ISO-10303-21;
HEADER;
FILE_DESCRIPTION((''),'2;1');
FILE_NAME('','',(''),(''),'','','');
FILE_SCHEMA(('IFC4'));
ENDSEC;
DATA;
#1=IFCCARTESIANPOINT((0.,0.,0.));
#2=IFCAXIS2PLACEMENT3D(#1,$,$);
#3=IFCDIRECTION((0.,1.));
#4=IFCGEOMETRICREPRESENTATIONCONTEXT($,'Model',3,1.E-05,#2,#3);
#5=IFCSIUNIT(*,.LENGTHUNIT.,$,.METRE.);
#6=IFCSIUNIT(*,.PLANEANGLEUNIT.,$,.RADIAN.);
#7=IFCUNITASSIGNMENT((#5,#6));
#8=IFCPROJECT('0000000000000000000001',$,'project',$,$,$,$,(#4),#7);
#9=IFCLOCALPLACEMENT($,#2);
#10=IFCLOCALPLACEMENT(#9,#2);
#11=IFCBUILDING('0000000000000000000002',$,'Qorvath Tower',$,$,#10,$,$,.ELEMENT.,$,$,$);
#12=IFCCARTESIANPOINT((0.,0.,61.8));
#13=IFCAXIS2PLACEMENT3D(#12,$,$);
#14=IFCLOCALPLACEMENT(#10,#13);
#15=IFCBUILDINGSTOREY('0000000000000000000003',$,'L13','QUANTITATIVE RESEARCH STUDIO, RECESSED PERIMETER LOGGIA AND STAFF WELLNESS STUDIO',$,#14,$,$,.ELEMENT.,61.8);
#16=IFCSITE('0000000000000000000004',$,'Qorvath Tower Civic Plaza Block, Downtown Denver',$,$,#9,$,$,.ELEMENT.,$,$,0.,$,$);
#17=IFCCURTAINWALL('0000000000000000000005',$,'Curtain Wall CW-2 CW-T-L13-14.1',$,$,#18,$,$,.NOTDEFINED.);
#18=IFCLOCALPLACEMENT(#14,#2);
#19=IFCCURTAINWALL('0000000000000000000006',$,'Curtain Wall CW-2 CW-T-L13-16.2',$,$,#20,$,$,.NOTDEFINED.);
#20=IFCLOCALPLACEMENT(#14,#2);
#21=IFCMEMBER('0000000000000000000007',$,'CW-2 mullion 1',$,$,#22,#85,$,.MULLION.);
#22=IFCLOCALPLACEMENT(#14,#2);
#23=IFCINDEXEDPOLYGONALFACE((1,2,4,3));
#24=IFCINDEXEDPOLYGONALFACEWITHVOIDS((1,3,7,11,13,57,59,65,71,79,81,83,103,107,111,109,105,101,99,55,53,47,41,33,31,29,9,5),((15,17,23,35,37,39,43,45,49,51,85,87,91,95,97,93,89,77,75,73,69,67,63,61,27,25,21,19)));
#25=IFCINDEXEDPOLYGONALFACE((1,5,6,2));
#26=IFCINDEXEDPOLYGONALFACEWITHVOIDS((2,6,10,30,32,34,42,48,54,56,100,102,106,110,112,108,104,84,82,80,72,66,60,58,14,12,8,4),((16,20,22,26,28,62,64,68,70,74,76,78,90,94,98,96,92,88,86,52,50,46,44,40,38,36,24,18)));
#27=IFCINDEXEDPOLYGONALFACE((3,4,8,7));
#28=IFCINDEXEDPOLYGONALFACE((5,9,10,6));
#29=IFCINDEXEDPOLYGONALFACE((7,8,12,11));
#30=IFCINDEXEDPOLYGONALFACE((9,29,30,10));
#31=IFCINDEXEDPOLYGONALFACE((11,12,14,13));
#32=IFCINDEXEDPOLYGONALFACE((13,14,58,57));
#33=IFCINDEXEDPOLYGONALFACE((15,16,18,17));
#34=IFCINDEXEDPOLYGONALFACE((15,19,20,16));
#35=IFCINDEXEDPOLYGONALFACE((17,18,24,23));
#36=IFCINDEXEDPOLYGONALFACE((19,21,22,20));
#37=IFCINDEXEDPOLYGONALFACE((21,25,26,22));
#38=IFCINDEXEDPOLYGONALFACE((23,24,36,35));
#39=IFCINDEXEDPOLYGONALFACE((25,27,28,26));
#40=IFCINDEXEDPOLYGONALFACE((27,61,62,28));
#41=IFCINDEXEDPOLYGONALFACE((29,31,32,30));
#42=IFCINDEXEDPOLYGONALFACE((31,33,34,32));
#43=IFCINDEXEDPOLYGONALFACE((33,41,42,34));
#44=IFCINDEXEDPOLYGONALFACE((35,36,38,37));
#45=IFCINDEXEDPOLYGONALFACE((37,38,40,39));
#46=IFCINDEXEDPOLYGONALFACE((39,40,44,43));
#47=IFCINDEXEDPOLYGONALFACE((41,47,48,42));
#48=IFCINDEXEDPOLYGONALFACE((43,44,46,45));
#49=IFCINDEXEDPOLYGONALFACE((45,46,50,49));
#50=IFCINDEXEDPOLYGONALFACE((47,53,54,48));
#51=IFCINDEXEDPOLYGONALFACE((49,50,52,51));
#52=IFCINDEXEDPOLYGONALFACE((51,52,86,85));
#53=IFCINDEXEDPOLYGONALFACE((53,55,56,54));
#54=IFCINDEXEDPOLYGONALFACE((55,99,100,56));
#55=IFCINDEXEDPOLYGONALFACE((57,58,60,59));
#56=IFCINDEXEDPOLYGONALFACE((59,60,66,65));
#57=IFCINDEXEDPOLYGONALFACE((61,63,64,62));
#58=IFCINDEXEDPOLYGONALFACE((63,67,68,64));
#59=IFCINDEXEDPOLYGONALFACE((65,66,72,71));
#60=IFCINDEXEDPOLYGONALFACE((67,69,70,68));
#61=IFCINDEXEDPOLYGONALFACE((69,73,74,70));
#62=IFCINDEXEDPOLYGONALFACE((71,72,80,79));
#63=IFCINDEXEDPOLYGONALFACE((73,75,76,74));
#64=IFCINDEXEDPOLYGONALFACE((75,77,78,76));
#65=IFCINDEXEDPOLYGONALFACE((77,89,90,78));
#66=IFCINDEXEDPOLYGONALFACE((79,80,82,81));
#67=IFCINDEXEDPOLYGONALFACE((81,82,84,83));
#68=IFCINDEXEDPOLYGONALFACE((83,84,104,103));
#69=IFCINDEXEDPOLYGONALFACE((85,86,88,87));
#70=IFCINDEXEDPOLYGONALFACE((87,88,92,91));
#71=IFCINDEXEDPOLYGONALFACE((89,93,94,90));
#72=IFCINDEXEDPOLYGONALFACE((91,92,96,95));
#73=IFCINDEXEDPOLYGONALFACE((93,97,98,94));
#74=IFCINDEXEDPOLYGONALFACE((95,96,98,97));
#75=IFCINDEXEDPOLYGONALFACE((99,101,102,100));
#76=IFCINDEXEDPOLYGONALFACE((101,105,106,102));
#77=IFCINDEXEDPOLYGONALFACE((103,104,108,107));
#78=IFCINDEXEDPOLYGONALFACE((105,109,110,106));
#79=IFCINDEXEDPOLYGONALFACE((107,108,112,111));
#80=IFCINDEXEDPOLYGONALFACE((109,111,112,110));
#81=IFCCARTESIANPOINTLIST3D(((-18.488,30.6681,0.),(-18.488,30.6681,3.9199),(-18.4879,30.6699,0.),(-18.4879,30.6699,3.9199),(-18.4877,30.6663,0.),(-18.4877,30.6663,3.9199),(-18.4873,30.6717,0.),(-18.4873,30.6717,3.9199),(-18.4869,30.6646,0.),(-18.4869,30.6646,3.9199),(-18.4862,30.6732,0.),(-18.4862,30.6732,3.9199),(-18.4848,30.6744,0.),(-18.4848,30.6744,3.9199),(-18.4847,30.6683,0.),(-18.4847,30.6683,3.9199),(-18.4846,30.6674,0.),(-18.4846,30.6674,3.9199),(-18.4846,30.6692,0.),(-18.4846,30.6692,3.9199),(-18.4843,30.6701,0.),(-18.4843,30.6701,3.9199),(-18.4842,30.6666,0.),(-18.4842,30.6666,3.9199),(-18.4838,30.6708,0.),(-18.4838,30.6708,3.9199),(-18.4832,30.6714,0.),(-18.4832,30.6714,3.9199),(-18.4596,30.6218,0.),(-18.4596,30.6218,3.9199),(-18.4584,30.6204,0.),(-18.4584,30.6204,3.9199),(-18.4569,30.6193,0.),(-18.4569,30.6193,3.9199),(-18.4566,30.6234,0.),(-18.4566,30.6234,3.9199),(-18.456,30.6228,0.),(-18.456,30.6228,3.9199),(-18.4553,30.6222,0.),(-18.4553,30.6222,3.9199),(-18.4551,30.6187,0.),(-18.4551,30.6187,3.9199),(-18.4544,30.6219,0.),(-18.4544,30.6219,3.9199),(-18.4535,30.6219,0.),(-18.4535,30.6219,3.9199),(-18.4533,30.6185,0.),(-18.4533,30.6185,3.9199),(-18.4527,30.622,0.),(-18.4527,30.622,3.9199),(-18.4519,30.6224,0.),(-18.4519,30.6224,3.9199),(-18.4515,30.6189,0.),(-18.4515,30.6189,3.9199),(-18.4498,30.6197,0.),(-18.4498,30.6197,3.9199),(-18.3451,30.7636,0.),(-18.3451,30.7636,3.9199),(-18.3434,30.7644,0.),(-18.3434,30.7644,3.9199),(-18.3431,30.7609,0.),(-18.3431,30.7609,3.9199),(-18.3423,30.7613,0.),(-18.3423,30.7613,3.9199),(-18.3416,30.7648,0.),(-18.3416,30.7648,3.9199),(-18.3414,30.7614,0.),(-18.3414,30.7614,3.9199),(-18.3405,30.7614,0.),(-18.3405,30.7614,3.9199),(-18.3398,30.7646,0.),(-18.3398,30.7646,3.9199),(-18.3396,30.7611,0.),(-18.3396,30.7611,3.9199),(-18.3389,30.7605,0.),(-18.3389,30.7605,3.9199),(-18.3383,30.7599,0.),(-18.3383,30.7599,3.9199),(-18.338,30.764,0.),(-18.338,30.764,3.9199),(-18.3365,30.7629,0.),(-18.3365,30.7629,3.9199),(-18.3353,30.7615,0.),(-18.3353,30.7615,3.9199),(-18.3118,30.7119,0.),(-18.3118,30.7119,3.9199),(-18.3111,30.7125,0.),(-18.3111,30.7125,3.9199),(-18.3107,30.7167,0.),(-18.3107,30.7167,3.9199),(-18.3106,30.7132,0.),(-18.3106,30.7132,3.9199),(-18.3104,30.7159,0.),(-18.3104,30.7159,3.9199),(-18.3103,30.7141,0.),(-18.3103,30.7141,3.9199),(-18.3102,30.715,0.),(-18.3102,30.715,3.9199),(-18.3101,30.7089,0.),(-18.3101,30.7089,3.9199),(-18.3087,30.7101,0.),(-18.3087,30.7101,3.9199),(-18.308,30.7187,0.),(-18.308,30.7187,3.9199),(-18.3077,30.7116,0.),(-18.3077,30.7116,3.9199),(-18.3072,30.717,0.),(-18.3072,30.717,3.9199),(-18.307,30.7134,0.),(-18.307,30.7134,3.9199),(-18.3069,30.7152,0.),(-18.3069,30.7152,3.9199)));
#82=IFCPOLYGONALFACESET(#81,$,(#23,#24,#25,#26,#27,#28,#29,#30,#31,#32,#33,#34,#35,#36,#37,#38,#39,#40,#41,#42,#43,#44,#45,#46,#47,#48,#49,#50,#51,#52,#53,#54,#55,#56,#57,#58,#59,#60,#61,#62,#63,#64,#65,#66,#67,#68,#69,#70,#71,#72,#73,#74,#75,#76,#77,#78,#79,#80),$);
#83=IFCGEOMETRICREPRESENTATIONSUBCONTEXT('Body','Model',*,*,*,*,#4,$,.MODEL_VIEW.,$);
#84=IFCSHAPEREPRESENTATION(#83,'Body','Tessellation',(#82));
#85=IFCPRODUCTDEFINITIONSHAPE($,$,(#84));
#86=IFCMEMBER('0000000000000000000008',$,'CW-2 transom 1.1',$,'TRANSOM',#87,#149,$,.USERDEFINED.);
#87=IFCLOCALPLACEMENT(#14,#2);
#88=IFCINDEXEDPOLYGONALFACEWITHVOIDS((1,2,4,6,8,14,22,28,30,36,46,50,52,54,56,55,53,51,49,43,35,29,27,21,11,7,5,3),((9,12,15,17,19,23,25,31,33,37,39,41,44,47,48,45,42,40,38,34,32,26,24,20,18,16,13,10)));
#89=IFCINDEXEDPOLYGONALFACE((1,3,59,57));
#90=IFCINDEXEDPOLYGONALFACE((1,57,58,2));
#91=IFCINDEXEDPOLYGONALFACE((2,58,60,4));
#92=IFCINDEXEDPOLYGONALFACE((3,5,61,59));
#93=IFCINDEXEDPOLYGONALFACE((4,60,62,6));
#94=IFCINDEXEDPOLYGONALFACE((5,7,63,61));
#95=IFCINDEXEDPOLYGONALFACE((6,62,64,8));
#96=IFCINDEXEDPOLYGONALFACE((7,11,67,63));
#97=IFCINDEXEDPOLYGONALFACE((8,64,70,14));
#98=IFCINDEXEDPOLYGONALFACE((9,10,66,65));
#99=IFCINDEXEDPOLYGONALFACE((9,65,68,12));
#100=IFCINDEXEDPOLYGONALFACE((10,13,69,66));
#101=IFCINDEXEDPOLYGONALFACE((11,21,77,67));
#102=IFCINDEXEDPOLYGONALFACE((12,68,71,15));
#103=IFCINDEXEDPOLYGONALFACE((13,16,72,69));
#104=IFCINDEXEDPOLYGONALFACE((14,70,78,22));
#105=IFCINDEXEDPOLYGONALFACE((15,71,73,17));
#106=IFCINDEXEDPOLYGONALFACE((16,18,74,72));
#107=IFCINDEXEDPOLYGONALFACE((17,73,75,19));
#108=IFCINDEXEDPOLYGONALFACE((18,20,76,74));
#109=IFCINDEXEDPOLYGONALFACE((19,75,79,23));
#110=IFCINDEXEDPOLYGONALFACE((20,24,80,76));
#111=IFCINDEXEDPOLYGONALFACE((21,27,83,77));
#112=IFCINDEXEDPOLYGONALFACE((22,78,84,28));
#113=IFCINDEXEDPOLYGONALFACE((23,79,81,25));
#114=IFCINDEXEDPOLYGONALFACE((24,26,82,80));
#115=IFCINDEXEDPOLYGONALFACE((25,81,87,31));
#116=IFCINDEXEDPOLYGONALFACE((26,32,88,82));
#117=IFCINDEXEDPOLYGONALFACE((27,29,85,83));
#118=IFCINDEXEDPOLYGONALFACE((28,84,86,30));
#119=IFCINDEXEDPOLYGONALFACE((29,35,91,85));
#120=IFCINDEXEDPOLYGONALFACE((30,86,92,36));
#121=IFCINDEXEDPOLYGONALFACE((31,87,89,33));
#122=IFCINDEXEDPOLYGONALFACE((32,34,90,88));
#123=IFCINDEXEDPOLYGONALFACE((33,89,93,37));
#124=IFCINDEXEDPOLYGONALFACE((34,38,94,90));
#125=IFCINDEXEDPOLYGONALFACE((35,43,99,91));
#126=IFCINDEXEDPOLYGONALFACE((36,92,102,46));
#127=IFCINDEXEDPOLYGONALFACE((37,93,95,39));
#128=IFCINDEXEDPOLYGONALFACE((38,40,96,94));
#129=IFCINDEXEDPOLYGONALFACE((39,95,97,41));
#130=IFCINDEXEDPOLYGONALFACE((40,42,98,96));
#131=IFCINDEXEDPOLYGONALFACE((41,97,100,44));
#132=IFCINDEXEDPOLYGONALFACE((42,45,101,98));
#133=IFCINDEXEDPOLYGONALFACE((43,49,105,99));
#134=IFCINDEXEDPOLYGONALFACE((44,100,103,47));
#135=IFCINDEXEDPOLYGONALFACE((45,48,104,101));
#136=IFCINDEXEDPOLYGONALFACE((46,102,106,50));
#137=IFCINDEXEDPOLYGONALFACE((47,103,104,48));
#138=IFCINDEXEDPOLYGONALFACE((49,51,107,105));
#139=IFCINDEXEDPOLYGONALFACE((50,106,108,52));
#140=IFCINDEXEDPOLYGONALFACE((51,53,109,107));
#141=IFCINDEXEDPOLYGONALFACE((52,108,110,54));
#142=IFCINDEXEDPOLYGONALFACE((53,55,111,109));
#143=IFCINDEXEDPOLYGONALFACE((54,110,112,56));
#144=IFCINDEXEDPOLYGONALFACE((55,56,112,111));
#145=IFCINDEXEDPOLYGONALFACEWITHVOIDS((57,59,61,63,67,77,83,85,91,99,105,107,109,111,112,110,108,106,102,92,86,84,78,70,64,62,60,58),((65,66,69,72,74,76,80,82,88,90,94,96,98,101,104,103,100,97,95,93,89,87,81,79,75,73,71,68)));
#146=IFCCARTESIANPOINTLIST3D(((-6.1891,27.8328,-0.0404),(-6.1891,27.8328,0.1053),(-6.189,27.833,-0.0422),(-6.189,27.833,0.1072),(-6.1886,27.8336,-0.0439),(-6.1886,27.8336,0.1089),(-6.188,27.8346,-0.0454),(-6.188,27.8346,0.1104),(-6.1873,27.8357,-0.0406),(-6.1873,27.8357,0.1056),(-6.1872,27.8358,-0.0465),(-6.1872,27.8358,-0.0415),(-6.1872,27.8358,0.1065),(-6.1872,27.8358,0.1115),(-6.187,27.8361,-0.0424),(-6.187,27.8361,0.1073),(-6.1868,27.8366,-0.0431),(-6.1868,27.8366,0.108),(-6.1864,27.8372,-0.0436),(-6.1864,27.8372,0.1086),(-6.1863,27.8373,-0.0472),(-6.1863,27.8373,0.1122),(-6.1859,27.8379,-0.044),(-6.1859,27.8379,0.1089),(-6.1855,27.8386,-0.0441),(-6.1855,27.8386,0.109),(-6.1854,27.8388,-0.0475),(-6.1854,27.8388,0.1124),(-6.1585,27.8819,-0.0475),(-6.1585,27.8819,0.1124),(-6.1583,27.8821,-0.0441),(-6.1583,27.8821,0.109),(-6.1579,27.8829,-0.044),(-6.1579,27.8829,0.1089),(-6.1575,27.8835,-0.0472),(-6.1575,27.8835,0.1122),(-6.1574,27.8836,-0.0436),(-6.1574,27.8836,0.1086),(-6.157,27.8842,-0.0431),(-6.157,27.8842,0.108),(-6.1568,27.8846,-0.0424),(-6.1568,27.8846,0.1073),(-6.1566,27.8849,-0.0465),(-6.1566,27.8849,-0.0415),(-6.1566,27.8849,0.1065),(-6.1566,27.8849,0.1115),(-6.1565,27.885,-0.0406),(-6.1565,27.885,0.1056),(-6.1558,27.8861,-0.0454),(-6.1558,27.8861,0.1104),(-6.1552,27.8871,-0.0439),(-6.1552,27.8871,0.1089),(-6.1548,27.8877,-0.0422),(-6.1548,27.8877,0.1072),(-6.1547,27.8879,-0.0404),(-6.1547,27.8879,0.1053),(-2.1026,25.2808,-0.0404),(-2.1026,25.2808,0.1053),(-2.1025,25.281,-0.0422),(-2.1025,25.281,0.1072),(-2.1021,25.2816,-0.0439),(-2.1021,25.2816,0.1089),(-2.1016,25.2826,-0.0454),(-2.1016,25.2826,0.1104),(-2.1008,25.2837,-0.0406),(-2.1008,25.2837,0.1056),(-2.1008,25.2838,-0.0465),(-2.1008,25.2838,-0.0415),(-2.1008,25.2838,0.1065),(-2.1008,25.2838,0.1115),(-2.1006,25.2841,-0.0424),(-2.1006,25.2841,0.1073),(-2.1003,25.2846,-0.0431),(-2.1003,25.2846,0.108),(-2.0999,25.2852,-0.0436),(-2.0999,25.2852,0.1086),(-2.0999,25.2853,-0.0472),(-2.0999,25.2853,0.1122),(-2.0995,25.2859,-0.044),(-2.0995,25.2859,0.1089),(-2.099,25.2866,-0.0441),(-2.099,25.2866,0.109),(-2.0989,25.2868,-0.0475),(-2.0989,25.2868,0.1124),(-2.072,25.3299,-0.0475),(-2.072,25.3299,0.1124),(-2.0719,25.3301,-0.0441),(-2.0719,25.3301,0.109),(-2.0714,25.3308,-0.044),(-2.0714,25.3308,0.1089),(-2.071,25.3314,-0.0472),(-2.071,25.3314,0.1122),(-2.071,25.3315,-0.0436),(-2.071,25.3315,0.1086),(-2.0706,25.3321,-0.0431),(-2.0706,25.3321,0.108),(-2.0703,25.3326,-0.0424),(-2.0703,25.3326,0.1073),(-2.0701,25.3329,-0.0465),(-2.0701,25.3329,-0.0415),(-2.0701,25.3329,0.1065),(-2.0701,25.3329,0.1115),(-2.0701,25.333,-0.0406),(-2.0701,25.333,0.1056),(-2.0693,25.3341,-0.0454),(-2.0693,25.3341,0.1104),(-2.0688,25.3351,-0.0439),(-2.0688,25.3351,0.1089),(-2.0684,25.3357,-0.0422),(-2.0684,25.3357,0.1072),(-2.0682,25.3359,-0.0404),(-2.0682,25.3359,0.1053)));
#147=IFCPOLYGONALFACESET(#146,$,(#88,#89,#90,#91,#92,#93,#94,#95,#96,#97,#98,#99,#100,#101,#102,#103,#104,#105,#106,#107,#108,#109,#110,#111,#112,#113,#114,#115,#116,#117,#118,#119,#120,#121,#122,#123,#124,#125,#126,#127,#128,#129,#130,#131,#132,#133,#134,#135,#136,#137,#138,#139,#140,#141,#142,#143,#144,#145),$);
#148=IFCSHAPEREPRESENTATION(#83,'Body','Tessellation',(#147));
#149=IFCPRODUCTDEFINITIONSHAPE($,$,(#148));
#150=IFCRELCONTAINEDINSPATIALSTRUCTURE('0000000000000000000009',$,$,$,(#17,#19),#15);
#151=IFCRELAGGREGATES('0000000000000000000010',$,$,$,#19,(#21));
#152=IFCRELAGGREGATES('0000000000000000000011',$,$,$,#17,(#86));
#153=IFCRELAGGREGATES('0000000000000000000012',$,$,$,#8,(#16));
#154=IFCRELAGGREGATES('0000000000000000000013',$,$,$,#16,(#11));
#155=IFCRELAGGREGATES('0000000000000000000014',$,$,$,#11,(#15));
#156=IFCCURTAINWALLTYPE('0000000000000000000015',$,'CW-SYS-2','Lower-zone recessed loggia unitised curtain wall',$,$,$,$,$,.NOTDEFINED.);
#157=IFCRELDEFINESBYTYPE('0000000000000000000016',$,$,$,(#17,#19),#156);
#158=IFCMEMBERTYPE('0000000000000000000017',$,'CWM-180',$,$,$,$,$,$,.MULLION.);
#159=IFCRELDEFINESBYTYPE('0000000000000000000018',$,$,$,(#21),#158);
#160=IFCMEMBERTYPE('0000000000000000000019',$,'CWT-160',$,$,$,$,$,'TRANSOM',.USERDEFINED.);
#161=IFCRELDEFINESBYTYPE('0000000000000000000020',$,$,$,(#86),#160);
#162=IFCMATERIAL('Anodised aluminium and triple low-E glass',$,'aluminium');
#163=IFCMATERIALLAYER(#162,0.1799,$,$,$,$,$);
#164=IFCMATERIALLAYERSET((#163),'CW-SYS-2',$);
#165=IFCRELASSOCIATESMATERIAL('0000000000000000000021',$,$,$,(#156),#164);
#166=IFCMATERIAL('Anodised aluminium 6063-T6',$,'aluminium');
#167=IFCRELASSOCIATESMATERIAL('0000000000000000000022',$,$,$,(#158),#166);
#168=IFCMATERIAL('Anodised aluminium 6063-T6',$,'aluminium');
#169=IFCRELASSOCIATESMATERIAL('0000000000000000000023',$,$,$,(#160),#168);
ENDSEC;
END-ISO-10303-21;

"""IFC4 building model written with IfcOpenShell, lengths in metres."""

from ifc_helpers import new_model, si_unit, direction, frame, origin, origin_2d, place, context, subcontext, project, spatial, hollow_rectangle, extrude, material, layer, layer_set, material_profile, profile_set, type_object, element, aggregate, save


model = new_model("IFC4")

# Units and contexts
model_context = context("Model", 3, precision=1e-05, world=origin(), true_north=direction((0.0, 1.0)))
body_context = subcontext(model_context, "Body", "Model", "MODEL_VIEW")
ifc_project = project(units=[si_unit("LENGTHUNIT", "METRE"), si_unit("PLANEANGLEUNIT", "RADIAN")], contexts=[model_context])

# Site, building, storey
site_placement = place(None, origin())
site = spatial("IfcSite", under=ifc_project, at=site_placement, Name="Qorvath Tower Civic Plaza Block, Downtown Denver", CompositionType="ELEMENT", RefElevation=0.0)
building_placement = place(site_placement, origin())
building = spatial("IfcBuilding", under=site, at=building_placement, Name="Qorvath Tower", CompositionType="ELEMENT")
storey_placement = place(building_placement, frame((0.0, 0.0, 61.8)))
storey = spatial("IfcBuildingStorey", under=building, at=storey_placement, Name="L13", Description="QUANTITATIVE RESEARCH STUDIO, RECESSED PERIMETER LOGGIA AND STAFF WELLNESS STUDIO", CompositionType="ELEMENT", Elevation=61.8)

# Shared definitions
ifc_material_1 = material(Name="Anodised aluminium and triple low-E glass", Category="aluminium")
ifc_layer_1 = layer(ifc_material_1, 0.1799)
ifc_layer_set_1 = layer_set([ifc_layer_1], Name="CW-SYS-2")
curtain_wall_type = type_object("IfcCurtainWallType", Name="CW-SYS-2", Description="Lower-zone recessed loggia unitised curtain wall", PredefinedType="NOTDEFINED", material=ifc_layer_set_1)
ifc_material_2 = material(Name="Anodised aluminium 6063-T6", Category="aluminium")
ifc_material_profile_1 = material_profile(ifc_material_2, hollow_rectangle(XDim=0.0649, YDim=0.1799, WallThickness=0.0034, InnerFilletRadius=0.0034, OuterFilletRadius=0.0071, at=origin_2d()), Name="CWM 180x65")
ifc_profile_set_1 = profile_set([ifc_material_profile_1], Name="Anodised aluminium 6063-T6")
member_type_1 = type_object("IfcMemberType", Name="CWM-180", PredefinedType="MULLION", material=ifc_profile_set_1)

# Curtain wall
curtain_wall_1_placement = place(storey_placement, origin())
curtain_wall_1 = element("IfcCurtainWall", 1, at=curtain_wall_1_placement, inside=storey, type_object=curtain_wall_type, Name="Curtain Wall CW-2 CW-T-L13-14.1", PredefinedType="NOTDEFINED")

# Curtain wall, member
curtain_wall_2_placement = place(storey_placement, origin())
curtain_wall_2 = element("IfcCurtainWall", 2, at=curtain_wall_2_placement, inside=storey, type_object=curtain_wall_type, Name="Curtain Wall CW-2 CW-T-L13-16.2", PredefinedType="NOTDEFINED")
member_1_placement = place(storey_placement, frame((-18.3975, 30.6917, 0.0), z_axis=(0.0, 0.0, 1.0), x_axis=(0.538539, -0.8426, 0.0)))
member_1 = element("IfcMember", 3, at=member_1_placement, type_object=member_type_1, Name="CW-2 mullion 1", PredefinedType="MULLION", context=body_context, shape_type="SweptSolid", body=[
    extrude(hollow_rectangle(XDim=0.0649, YDim=0.1799, WallThickness=0.0034, InnerFilletRadius=0.0034, OuterFilletRadius=0.0071, at=origin_2d()), origin(), (0.0, 0.0, 1.0), 3.9199),
])

# Member
ifc_material_3 = material(Name="Anodised aluminium 6063-T6", Category="aluminium")
ifc_material_profile_2 = material_profile(ifc_material_3, hollow_rectangle(XDim=0.0649, YDim=0.1599, WallThickness=0.0034, InnerFilletRadius=0.0034, OuterFilletRadius=0.0071, at=origin_2d()), Name="CWT 160x65")
ifc_profile_set_2 = profile_set([ifc_material_profile_2], Name="Anodised aluminium 6063-T6")
member_type_2 = type_object("IfcMemberType", Name="CWT-160", ElementType="TRANSOM", PredefinedType="USERDEFINED", material=ifc_profile_set_2)
member_2_placement = place(storey_placement, frame((-2.0854, 25.3083, 0.0325), z_axis=(-0.848186, 0.529698, 0.0), x_axis=(-0.529698, -0.848186, 0.0)))
member_2 = element("IfcMember", 4, at=member_2_placement, type_object=member_type_2, Name="CW-2 transom 1.1", ObjectType="TRANSOM", PredefinedType="USERDEFINED", context=body_context, shape_type="SweptSolid", body=[
    extrude(hollow_rectangle(XDim=0.0649, YDim=0.1599, WallThickness=0.0034, InnerFilletRadius=0.0034, OuterFilletRadius=0.0071, at=origin_2d()), origin(), (0.0, 0.0, 1.0), 4.8179),
])
aggregate(curtain_wall_2, [member_1])

aggregate(curtain_wall_1, [member_2])

save(model, "model.ifc")
